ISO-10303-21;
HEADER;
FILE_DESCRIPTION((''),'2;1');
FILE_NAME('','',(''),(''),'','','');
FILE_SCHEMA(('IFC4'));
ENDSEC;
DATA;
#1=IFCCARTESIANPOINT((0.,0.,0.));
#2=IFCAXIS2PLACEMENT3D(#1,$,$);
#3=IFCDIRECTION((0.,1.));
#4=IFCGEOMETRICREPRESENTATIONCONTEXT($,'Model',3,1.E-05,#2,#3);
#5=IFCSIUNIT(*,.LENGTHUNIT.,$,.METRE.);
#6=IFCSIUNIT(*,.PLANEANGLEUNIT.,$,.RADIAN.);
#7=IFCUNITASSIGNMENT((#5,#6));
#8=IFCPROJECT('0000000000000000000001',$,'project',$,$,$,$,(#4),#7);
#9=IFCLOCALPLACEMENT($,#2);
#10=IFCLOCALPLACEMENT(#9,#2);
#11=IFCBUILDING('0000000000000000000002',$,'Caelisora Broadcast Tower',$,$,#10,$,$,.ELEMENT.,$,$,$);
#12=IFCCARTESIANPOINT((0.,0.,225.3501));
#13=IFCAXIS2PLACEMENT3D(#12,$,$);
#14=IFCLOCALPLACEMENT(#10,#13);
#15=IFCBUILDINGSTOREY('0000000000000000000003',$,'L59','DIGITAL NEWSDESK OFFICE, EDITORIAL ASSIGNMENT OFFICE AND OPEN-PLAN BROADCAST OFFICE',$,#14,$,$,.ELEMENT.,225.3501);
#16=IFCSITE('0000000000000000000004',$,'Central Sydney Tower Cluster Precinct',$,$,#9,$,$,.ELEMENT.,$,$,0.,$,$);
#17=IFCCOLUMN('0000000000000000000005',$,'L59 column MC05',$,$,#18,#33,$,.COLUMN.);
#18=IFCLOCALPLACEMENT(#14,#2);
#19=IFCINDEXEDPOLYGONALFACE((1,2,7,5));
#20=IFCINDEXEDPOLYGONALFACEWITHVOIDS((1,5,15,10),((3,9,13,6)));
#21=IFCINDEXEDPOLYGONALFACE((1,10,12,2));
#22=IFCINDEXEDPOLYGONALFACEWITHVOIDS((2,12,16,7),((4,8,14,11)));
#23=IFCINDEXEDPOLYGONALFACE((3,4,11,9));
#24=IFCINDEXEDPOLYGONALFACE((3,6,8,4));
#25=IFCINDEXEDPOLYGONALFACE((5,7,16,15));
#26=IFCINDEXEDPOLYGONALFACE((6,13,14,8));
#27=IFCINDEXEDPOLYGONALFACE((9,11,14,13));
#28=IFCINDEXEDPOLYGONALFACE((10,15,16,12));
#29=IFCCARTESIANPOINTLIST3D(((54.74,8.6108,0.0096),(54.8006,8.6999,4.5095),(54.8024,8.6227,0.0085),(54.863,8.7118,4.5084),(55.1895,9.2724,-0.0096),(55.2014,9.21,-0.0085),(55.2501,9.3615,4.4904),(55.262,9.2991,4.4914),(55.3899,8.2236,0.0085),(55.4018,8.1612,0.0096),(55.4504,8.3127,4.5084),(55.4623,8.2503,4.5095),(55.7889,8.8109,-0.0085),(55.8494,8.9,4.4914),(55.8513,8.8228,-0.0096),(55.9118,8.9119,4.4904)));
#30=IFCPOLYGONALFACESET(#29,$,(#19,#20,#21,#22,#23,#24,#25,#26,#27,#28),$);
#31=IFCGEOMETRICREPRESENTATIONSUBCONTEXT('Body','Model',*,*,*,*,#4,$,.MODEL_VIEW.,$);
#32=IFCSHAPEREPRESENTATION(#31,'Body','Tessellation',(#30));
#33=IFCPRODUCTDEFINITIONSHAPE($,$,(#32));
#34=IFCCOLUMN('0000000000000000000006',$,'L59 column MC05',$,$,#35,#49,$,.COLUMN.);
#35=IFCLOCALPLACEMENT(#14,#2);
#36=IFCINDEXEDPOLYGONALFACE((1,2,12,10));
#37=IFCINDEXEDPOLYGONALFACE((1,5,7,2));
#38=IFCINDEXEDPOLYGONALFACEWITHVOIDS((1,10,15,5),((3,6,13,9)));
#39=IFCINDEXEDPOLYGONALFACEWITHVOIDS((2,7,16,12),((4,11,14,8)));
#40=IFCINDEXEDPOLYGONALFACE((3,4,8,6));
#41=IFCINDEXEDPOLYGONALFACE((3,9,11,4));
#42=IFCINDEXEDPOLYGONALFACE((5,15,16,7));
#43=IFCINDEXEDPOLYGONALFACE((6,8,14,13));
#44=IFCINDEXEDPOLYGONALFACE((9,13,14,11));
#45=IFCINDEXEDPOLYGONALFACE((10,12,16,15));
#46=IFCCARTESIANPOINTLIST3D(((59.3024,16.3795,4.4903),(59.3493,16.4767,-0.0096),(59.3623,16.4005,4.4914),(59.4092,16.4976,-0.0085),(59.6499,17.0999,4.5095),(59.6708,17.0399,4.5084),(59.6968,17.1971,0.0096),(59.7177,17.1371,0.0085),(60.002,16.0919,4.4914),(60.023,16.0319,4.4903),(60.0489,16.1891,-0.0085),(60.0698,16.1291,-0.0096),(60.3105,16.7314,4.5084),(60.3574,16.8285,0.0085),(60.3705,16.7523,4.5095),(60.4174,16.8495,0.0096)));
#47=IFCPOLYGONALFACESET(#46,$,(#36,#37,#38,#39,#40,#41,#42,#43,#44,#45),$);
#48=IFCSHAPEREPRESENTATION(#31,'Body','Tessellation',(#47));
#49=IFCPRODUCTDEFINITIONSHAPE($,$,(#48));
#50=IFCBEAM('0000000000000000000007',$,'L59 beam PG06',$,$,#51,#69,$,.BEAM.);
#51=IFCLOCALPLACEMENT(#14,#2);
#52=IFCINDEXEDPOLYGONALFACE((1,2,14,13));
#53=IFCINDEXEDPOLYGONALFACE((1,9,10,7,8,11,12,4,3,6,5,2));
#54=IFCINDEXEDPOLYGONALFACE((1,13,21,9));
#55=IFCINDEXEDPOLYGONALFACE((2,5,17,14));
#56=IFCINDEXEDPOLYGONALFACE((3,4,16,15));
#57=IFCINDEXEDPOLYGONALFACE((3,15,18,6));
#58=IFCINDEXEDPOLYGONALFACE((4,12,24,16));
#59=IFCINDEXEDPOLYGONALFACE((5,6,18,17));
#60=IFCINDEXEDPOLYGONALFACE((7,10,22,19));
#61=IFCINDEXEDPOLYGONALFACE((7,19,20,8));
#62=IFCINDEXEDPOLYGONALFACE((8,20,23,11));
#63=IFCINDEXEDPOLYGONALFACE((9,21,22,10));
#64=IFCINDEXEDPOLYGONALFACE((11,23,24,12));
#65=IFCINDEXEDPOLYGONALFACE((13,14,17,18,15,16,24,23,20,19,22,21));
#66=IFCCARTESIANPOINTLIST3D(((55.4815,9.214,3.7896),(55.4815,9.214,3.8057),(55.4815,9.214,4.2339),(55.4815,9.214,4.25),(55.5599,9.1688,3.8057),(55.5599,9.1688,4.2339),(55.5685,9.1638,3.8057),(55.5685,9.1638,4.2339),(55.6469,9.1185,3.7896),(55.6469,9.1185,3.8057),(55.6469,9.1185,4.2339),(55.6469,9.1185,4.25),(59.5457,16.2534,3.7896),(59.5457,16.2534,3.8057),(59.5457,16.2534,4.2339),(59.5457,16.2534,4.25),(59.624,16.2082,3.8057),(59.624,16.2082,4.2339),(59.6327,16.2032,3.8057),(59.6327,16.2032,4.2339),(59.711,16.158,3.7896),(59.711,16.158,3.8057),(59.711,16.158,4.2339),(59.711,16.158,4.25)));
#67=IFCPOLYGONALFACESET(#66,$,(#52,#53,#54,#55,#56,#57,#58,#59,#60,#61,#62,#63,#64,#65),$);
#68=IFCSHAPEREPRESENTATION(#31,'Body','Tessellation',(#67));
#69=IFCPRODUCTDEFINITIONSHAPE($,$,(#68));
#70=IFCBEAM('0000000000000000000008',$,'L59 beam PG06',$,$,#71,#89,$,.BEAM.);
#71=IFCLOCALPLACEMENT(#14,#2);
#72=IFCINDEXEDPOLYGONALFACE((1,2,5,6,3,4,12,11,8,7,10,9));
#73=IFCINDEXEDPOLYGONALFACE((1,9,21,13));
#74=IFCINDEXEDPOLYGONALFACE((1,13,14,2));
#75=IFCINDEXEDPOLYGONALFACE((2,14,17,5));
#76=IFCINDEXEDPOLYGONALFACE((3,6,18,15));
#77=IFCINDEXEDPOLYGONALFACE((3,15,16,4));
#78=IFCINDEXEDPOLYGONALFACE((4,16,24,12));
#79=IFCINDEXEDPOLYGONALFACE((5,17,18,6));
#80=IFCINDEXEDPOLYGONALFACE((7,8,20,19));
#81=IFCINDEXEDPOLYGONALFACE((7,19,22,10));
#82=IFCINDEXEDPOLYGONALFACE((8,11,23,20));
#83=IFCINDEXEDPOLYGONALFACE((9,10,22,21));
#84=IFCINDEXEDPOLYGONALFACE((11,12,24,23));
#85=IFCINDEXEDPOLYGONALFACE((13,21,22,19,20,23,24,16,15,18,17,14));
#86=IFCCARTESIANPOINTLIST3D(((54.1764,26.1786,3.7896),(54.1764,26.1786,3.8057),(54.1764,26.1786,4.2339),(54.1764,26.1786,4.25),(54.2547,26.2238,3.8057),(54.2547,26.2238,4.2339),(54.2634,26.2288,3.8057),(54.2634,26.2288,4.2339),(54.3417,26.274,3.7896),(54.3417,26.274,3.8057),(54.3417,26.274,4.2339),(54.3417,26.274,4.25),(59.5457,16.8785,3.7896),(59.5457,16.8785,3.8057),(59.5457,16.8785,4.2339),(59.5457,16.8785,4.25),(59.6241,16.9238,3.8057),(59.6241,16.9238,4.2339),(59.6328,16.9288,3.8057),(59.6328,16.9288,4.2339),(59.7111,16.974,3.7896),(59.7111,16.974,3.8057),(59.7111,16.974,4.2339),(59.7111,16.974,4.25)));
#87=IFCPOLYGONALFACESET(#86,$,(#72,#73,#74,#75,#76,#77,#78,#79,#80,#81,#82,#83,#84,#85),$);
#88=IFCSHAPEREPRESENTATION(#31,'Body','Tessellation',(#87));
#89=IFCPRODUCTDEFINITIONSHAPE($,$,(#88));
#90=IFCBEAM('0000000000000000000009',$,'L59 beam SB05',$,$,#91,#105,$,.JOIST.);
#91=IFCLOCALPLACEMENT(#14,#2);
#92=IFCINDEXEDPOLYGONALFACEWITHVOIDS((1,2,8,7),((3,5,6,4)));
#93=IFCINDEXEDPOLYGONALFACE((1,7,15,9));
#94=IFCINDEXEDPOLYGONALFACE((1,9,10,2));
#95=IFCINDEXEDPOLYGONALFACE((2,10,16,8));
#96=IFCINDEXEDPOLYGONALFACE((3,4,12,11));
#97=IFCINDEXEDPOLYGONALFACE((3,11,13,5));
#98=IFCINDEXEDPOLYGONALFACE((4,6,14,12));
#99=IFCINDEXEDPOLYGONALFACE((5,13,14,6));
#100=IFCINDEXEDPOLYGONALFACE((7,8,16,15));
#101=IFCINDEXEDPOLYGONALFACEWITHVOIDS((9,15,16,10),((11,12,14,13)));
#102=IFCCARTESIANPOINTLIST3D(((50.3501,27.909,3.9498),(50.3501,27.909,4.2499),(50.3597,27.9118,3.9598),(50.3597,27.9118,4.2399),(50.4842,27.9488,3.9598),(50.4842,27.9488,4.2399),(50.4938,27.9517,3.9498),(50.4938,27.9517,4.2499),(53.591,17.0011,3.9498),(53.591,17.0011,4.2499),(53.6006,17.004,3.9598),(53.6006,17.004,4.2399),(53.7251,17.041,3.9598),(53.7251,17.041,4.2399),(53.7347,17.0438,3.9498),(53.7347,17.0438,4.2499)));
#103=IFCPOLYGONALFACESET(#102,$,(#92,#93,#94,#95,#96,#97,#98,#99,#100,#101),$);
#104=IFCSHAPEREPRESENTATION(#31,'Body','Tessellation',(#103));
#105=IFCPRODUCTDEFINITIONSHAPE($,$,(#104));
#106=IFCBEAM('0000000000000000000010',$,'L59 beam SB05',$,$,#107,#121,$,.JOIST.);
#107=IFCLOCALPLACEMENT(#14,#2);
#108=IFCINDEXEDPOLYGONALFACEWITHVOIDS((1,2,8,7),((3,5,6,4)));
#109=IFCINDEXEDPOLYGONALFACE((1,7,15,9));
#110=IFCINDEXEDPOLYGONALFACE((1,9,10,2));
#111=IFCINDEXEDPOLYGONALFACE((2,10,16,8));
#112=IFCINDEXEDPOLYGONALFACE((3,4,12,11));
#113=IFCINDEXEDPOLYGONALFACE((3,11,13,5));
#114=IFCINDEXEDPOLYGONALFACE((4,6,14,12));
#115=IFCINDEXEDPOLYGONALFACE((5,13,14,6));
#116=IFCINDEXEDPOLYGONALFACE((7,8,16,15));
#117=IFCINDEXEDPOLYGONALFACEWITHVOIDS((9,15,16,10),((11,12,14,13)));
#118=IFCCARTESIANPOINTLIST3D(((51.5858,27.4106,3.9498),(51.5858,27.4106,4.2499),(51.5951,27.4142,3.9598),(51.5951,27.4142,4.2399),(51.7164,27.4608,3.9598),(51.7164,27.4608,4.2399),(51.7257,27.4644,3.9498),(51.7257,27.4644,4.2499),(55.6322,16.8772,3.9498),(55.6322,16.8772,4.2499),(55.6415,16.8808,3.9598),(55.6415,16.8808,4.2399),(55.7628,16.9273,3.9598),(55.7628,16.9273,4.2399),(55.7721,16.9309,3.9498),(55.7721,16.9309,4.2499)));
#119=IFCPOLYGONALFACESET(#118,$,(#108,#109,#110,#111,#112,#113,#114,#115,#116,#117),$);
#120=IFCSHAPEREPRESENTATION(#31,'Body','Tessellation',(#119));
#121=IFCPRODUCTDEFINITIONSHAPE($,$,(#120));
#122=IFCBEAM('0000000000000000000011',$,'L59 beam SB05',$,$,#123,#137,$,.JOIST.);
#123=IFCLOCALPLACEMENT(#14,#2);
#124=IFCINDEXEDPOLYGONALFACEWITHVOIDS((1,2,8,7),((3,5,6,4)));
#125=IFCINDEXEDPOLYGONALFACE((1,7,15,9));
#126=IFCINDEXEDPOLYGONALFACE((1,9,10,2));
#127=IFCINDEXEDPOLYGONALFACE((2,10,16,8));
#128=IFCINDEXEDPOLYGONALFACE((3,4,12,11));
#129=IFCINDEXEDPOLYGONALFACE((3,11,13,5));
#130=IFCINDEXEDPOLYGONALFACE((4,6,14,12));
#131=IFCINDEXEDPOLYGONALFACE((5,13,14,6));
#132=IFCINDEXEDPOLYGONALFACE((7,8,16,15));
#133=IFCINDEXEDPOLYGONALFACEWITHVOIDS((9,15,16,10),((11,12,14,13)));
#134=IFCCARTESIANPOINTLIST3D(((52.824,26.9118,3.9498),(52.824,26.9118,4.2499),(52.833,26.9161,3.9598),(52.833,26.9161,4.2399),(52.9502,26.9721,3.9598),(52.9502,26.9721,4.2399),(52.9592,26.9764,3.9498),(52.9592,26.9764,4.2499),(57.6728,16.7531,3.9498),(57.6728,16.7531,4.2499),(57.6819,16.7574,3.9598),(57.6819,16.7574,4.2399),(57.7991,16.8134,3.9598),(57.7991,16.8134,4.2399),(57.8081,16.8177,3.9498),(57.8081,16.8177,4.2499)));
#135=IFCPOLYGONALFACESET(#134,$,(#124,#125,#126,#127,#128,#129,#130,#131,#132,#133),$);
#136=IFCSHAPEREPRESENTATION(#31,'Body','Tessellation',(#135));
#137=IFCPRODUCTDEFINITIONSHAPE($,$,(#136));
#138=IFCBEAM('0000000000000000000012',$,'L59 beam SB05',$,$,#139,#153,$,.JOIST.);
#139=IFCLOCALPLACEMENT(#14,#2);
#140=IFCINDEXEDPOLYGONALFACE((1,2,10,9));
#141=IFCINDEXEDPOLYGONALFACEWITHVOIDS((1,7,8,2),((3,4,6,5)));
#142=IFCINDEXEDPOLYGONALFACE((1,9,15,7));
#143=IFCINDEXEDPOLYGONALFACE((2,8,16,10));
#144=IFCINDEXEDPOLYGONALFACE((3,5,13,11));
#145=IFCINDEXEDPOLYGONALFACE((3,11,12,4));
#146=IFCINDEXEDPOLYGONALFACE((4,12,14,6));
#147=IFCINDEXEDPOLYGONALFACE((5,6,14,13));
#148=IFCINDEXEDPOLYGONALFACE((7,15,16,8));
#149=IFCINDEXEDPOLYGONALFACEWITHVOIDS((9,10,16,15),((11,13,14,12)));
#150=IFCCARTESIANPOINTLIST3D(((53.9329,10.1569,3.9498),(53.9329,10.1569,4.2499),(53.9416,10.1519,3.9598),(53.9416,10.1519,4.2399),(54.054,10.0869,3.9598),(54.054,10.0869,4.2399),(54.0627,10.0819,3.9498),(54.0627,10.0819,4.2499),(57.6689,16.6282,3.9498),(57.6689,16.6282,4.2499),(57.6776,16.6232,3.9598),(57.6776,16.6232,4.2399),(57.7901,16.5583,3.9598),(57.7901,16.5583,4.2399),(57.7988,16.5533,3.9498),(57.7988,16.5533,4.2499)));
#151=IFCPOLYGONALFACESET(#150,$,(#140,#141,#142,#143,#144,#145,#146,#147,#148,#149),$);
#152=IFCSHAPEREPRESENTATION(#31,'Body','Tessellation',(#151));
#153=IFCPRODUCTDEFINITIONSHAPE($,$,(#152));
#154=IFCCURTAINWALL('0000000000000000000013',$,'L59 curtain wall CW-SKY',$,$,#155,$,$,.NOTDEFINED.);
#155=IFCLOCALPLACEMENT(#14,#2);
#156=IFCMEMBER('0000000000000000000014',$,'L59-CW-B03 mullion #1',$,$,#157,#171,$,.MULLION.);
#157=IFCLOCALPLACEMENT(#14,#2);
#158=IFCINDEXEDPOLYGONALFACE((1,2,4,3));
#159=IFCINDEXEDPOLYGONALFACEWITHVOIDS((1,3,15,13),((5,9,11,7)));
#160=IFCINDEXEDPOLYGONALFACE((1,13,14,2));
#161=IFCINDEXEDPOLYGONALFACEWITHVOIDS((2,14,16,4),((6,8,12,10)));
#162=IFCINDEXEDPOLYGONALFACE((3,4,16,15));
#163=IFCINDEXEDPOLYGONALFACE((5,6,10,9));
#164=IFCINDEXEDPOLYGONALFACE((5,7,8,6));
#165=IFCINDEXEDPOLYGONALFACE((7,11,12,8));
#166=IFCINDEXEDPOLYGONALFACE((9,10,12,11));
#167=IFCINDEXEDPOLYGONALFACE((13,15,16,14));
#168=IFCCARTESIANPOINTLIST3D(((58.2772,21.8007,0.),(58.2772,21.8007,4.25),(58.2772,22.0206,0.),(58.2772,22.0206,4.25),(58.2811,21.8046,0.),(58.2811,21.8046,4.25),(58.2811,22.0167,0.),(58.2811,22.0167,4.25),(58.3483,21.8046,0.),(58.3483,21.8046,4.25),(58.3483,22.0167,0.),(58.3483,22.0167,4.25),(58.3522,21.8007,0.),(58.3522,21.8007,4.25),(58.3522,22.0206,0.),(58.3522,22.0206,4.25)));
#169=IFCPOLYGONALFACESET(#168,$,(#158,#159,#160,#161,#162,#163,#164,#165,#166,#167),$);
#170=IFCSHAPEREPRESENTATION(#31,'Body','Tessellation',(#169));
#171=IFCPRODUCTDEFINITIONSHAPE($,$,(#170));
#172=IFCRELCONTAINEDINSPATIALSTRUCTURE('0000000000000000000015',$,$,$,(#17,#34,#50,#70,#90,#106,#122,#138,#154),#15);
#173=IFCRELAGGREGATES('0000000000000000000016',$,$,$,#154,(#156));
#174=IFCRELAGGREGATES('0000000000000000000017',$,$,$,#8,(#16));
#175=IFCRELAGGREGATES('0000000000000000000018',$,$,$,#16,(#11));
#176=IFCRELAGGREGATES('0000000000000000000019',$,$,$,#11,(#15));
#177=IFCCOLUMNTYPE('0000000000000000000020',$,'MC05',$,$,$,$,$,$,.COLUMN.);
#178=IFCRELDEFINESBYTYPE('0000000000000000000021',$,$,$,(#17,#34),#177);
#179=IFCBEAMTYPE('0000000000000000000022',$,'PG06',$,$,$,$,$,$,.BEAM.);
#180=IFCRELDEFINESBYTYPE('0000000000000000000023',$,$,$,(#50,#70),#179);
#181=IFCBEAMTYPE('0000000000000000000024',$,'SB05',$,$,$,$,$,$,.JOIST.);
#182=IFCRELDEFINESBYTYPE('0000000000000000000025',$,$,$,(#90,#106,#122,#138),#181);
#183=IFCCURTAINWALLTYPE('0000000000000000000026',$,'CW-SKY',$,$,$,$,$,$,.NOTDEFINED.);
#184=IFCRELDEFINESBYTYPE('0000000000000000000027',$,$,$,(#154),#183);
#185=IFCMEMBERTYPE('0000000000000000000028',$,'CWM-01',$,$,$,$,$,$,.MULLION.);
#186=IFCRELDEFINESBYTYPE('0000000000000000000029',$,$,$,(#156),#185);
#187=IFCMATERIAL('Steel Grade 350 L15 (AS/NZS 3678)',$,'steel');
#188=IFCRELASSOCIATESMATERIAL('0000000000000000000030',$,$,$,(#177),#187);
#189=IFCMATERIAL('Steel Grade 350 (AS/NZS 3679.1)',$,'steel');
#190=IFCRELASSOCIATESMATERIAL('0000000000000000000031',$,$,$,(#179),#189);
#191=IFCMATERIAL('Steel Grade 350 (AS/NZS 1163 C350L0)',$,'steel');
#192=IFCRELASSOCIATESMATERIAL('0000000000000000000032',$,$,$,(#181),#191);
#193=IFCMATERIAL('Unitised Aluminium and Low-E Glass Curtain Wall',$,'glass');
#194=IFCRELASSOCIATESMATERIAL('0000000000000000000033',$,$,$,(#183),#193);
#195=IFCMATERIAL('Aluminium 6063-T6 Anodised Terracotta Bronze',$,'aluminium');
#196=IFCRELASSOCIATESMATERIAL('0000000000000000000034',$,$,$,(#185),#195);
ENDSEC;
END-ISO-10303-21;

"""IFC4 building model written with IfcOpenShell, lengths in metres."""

from ifc_helpers import new_model, si_unit, direction, frame, origin, origin_2d, place, context, subcontext, project, spatial, hollow_rectangle, i_section, extrude, source, transform, mapped, material, material_profile, profile_set, type_object, type_shapes, element, aggregate, save


model = new_model("IFC4")

# Units and contexts
model_context = context("Model", 3, precision=1e-05, world=origin(), true_north=direction((0.0, 1.0)))
body_context = subcontext(model_context, "Body", "Model", "MODEL_VIEW")
ifc_project = project(units=[si_unit("LENGTHUNIT", "METRE"), si_unit("PLANEANGLEUNIT", "RADIAN")], contexts=[model_context])

# Site, building, storey
site_placement = place(None, origin())
site = spatial("IfcSite", under=ifc_project, at=site_placement, Name="Central Sydney Tower Cluster Precinct", CompositionType="ELEMENT", RefElevation=0.0)
building_placement = place(site_placement, origin())
building = spatial("IfcBuilding", under=site, at=building_placement, Name="Caelisora Broadcast Tower", CompositionType="ELEMENT")
storey_placement = place(building_placement, frame((0.0, 0.0, 225.3501)))
storey = spatial("IfcBuildingStorey", under=building, at=storey_placement, Name="L59", Description="DIGITAL NEWSDESK OFFICE, EDITORIAL ASSIGNMENT OFFICE AND OPEN-PLAN BROADCAST OFFICE", CompositionType="ELEMENT", Elevation=225.3501)

# Columns
ifc_material_1 = material(Name="Steel Grade 350 L15 (AS/NZS 3678)", Category="steel")
ifc_material_profile_1 = material_profile(ifc_material_1, hollow_rectangle(XDim=0.8, YDim=0.8, WallThickness=0.0449, at=origin_2d()), Name="Steel Grade 350 L15 (AS/NZS 3678)")
ifc_profile_set_1 = profile_set([ifc_material_profile_1], Name="Steel Grade 350 L15 (AS/NZS 3678)")
column_type = type_object("IfcColumnType", Name="MC05", PredefinedType="COLUMN", material=ifc_profile_set_1)
shared_shape_1 = source(origin(), body_context, "Body", "SweptSolid", [
    extrude(hollow_rectangle(XDim=0.8, YDim=0.8, WallThickness=0.0449, at=origin_2d()), origin(), (0.0, 0.0, 1.0), 4.5012),
])
type_shapes(column_type, [shared_shape_1])
for number, where, z_axis, x_axis, name in (
    (1, (55.2957, 8.7168, 0.0), (0.013451, 0.019797, 0.999714), (-0.827137, 0.562, 0.0), "L59 column MC05"),
    (2, (59.8833, 16.6631, 0.0), (-0.010414, -0.021587, 0.999713), (0.900674, -0.434496, 0.0), "L59 column MC05"),
):
    element("IfcColumn", number, at=place(storey_placement, frame(where, z_axis=z_axis, x_axis=x_axis)), inside=storey, type_object=column_type, Name=name, PredefinedType="COLUMN", context=body_context, shape_type="MappedRepresentation", body=[
        mapped(shared_shape_1, transform((0.0, 0.0, 0.0), scale=1.0)),
    ])

# Beams
ifc_material_2 = material(Name="Steel Grade 350 (AS/NZS 3679.1)", Category="steel")
ifc_material_profile_2 = material_profile(ifc_material_2, i_section(OverallWidth=0.1909, OverallDepth=0.4604, WebThickness=0.01, FlangeThickness=0.0161, at=origin_2d()), Name="Steel Grade 350 (AS/NZS 3679.1)")
ifc_profile_set_2 = profile_set([ifc_material_profile_2], Name="Steel Grade 350 (AS/NZS 3679.1)")
beam_type_1 = type_object("IfcBeamType", Name="PG06", PredefinedType="BEAM", material=ifc_profile_set_2)
shared_shape_2 = source(origin(), body_context, "Body", "SweptSolid", [
    extrude(i_section(OverallWidth=0.1909, OverallDepth=0.4604, WebThickness=0.01, FlangeThickness=0.0161, at=origin_2d()), origin(), (0.0, 0.0, 1.0), 8.1284),
])
beam_1_placement = place(storey_placement, frame((55.5642, 9.1663, 4.0198), z_axis=(0.499993, 0.86603, 0.0), x_axis=(-0.86603, 0.499993, 0.0)))
element("IfcBeam", 3, at=beam_1_placement, inside=storey, type_object=beam_type_1, Name="L59 beam PG06", PredefinedType="BEAM", context=body_context, shape_type="MappedRepresentation", body=[
    mapped(shared_shape_2, transform((0.0, 0.0, 0.0), scale=1.0)),
])
shared_shape_3 = source(origin(), body_context, "Body", "SweptSolid", [
    extrude(i_section(OverallWidth=0.1909, OverallDepth=0.4604, WebThickness=0.01, FlangeThickness=0.0161, at=origin_2d()), origin(), (0.0, 0.0, 1.0), 10.7388),
])
type_shapes(beam_type_1, [shared_shape_2, shared_shape_3])
beam_2_placement = place(storey_placement, frame((59.6284, 16.9263, 4.0198), z_axis=(-0.5, 0.866025, 0.0), x_axis=(-0.866025, -0.5, 0.0)))
element("IfcBeam", 4, at=beam_2_placement, inside=storey, type_object=beam_type_1, Name="L59 beam PG06", PredefinedType="BEAM", context=body_context, shape_type="MappedRepresentation", body=[
    mapped(shared_shape_3, transform((0.0, 0.0, 0.0), scale=1.0)),
])
ifc_material_3 = material(Name="Steel Grade 350 (AS/NZS 1163 C350L0)", Category="steel")
ifc_material_profile_3 = material_profile(ifc_material_3, hollow_rectangle(XDim=0.1499, YDim=0.3, WallThickness=0.01, at=origin_2d()), Name="Steel Grade 350 (AS/NZS 1163 C350L0)")
ifc_profile_set_3 = profile_set([ifc_material_profile_3], Name="Steel Grade 350 (AS/NZS 1163 C350L0)")
beam_type_2 = type_object("IfcBeamType", Name="SB05", PredefinedType="JOIST", material=ifc_profile_set_3)
shared_shape_4 = source(origin(), body_context, "Body", "SweptSolid", [
    extrude(hollow_rectangle(XDim=0.1499, YDim=0.3, WallThickness=0.01, at=origin_2d()), origin(), (0.0, 0.0, 1.0), 11.3792),
])
beam_3_placement = place(storey_placement, frame((53.6628, 17.0225, 4.0999), z_axis=(-0.284814, 0.958583, 0.0), x_axis=(-0.958583, -0.284814, 0.0)))
element("IfcBeam", 5, at=beam_3_placement, inside=storey, type_object=beam_type_2, Name="L59 beam SB05", PredefinedType="JOIST", context=body_context, shape_type="MappedRepresentation", body=[
    mapped(shared_shape_4, transform((0.0, 0.0, 0.0), scale=1.0)),
])
shared_shape_5 = source(origin(), body_context, "Body", "SweptSolid", [
    extrude(hollow_rectangle(XDim=0.1499, YDim=0.3, WallThickness=0.01, at=origin_2d()), origin(), (0.0, 0.0, 1.0), 11.2839),
])
beam_4_placement = place(storey_placement, frame((55.7021, 16.9041, 4.0999), z_axis=(-0.358598, 0.933492, 0.0), x_axis=(-0.933492, -0.358598, 0.0)))
element("IfcBeam", 6, at=beam_4_placement, inside=storey, type_object=beam_type_2, Name="L59 beam SB05", PredefinedType="JOIST", context=body_context, shape_type="MappedRepresentation", body=[
    mapped(shared_shape_5, transform((0.0, 0.0, 0.0), scale=1.0)),
])
shared_shape_6 = source(origin(), body_context, "Body", "SweptSolid", [
    extrude(hollow_rectangle(XDim=0.1499, YDim=0.3, WallThickness=0.01, at=origin_2d()), origin(), (0.0, 0.0, 1.0), 11.2566),
])
beam_5_placement = place(storey_placement, frame((57.7405, 16.7854, 4.0999), z_axis=(-0.430759, 0.902467, 0.0), x_axis=(-0.902467, -0.430759, 0.0)))
element("IfcBeam", 7, at=beam_5_placement, inside=storey, type_object=beam_type_2, Name="L59 beam SB05", PredefinedType="JOIST", context=body_context, shape_type="MappedRepresentation", body=[
    mapped(shared_shape_6, transform((0.0, 0.0, 0.0), scale=1.0)),
])
shared_shape_7 = source(origin(), body_context, "Body", "SweptSolid", [
    extrude(hollow_rectangle(XDim=0.1499, YDim=0.3, WallThickness=0.01, at=origin_2d()), origin(), (0.0, 0.0, 1.0), 7.4724),
])
type_shapes(beam_type_2, [shared_shape_4, shared_shape_5, shared_shape_6, shared_shape_7])
beam_6_placement = place(storey_placement, frame((53.9978, 10.1194, 4.0999), z_axis=(0.49998, 0.866037, 0.0), x_axis=(-0.866037, 0.49998, 0.0)))
element("IfcBeam", 8, at=beam_6_placement, inside=storey, type_object=beam_type_2, Name="L59 beam SB05", PredefinedType="JOIST", context=body_context, shape_type="MappedRepresentation", body=[
    mapped(shared_shape_7, transform((0.0, 0.0, 0.0), scale=1.0)),
])

# Curtain wall, member
ifc_material_4 = material(Name="Unitised Aluminium and Low-E Glass Curtain Wall", Category="glass")
curtain_wall_type = type_object("IfcCurtainWallType", Name="CW-SKY", PredefinedType="NOTDEFINED", material=ifc_material_4)
curtain_wall_1_placement = place(storey_placement, origin())
curtain_wall_1 = element("IfcCurtainWall", 9, at=curtain_wall_1_placement, inside=storey, type_object=curtain_wall_type, Name="L59 curtain wall CW-SKY", PredefinedType="NOTDEFINED")
ifc_material_5 = material(Name="Aluminium 6063-T6 Anodised Terracotta Bronze", Category="aluminium")
ifc_material_profile_4 = material_profile(ifc_material_5, hollow_rectangle(XDim=0.075, YDim=0.22, WallThickness=0.0039, at=origin_2d()), Name="Aluminium 6063-T6 Anodised Terracotta Bronze")
ifc_profile_set_4 = profile_set([ifc_material_profile_4], Name="Aluminium 6063-T6 Anodised Terracotta Bronze")
member_type_1 = type_object("IfcMemberType", Name="CWM-01", PredefinedType="MULLION", material=ifc_profile_set_4)
shared_shape_8 = source(origin(), body_context, "Body", "SweptSolid", [
    extrude(hollow_rectangle(XDim=0.075, YDim=0.22, WallThickness=0.0039, at=origin_2d()), origin(), (0.0, 0.0, 1.0), 4.25),
])
type_shapes(member_type_1, [shared_shape_8])
member_1_placement = place(storey_placement, frame((58.3147, 21.9106, 0.0), z_axis=(0.0, 0.0, 1.0), x_axis=(1.0, 0.0, 0.0)))
member_1 = element("IfcMember", 10, at=member_1_placement, type_object=member_type_1, Name="L59-CW-B03 mullion #1", PredefinedType="MULLION", context=body_context, shape_type="MappedRepresentation", body=[
    mapped(shared_shape_8, transform((0.0, 0.0, 0.0), scale=1.0)),
])

aggregate(curtain_wall_1, [member_1])

save(model, "model.ifc")
